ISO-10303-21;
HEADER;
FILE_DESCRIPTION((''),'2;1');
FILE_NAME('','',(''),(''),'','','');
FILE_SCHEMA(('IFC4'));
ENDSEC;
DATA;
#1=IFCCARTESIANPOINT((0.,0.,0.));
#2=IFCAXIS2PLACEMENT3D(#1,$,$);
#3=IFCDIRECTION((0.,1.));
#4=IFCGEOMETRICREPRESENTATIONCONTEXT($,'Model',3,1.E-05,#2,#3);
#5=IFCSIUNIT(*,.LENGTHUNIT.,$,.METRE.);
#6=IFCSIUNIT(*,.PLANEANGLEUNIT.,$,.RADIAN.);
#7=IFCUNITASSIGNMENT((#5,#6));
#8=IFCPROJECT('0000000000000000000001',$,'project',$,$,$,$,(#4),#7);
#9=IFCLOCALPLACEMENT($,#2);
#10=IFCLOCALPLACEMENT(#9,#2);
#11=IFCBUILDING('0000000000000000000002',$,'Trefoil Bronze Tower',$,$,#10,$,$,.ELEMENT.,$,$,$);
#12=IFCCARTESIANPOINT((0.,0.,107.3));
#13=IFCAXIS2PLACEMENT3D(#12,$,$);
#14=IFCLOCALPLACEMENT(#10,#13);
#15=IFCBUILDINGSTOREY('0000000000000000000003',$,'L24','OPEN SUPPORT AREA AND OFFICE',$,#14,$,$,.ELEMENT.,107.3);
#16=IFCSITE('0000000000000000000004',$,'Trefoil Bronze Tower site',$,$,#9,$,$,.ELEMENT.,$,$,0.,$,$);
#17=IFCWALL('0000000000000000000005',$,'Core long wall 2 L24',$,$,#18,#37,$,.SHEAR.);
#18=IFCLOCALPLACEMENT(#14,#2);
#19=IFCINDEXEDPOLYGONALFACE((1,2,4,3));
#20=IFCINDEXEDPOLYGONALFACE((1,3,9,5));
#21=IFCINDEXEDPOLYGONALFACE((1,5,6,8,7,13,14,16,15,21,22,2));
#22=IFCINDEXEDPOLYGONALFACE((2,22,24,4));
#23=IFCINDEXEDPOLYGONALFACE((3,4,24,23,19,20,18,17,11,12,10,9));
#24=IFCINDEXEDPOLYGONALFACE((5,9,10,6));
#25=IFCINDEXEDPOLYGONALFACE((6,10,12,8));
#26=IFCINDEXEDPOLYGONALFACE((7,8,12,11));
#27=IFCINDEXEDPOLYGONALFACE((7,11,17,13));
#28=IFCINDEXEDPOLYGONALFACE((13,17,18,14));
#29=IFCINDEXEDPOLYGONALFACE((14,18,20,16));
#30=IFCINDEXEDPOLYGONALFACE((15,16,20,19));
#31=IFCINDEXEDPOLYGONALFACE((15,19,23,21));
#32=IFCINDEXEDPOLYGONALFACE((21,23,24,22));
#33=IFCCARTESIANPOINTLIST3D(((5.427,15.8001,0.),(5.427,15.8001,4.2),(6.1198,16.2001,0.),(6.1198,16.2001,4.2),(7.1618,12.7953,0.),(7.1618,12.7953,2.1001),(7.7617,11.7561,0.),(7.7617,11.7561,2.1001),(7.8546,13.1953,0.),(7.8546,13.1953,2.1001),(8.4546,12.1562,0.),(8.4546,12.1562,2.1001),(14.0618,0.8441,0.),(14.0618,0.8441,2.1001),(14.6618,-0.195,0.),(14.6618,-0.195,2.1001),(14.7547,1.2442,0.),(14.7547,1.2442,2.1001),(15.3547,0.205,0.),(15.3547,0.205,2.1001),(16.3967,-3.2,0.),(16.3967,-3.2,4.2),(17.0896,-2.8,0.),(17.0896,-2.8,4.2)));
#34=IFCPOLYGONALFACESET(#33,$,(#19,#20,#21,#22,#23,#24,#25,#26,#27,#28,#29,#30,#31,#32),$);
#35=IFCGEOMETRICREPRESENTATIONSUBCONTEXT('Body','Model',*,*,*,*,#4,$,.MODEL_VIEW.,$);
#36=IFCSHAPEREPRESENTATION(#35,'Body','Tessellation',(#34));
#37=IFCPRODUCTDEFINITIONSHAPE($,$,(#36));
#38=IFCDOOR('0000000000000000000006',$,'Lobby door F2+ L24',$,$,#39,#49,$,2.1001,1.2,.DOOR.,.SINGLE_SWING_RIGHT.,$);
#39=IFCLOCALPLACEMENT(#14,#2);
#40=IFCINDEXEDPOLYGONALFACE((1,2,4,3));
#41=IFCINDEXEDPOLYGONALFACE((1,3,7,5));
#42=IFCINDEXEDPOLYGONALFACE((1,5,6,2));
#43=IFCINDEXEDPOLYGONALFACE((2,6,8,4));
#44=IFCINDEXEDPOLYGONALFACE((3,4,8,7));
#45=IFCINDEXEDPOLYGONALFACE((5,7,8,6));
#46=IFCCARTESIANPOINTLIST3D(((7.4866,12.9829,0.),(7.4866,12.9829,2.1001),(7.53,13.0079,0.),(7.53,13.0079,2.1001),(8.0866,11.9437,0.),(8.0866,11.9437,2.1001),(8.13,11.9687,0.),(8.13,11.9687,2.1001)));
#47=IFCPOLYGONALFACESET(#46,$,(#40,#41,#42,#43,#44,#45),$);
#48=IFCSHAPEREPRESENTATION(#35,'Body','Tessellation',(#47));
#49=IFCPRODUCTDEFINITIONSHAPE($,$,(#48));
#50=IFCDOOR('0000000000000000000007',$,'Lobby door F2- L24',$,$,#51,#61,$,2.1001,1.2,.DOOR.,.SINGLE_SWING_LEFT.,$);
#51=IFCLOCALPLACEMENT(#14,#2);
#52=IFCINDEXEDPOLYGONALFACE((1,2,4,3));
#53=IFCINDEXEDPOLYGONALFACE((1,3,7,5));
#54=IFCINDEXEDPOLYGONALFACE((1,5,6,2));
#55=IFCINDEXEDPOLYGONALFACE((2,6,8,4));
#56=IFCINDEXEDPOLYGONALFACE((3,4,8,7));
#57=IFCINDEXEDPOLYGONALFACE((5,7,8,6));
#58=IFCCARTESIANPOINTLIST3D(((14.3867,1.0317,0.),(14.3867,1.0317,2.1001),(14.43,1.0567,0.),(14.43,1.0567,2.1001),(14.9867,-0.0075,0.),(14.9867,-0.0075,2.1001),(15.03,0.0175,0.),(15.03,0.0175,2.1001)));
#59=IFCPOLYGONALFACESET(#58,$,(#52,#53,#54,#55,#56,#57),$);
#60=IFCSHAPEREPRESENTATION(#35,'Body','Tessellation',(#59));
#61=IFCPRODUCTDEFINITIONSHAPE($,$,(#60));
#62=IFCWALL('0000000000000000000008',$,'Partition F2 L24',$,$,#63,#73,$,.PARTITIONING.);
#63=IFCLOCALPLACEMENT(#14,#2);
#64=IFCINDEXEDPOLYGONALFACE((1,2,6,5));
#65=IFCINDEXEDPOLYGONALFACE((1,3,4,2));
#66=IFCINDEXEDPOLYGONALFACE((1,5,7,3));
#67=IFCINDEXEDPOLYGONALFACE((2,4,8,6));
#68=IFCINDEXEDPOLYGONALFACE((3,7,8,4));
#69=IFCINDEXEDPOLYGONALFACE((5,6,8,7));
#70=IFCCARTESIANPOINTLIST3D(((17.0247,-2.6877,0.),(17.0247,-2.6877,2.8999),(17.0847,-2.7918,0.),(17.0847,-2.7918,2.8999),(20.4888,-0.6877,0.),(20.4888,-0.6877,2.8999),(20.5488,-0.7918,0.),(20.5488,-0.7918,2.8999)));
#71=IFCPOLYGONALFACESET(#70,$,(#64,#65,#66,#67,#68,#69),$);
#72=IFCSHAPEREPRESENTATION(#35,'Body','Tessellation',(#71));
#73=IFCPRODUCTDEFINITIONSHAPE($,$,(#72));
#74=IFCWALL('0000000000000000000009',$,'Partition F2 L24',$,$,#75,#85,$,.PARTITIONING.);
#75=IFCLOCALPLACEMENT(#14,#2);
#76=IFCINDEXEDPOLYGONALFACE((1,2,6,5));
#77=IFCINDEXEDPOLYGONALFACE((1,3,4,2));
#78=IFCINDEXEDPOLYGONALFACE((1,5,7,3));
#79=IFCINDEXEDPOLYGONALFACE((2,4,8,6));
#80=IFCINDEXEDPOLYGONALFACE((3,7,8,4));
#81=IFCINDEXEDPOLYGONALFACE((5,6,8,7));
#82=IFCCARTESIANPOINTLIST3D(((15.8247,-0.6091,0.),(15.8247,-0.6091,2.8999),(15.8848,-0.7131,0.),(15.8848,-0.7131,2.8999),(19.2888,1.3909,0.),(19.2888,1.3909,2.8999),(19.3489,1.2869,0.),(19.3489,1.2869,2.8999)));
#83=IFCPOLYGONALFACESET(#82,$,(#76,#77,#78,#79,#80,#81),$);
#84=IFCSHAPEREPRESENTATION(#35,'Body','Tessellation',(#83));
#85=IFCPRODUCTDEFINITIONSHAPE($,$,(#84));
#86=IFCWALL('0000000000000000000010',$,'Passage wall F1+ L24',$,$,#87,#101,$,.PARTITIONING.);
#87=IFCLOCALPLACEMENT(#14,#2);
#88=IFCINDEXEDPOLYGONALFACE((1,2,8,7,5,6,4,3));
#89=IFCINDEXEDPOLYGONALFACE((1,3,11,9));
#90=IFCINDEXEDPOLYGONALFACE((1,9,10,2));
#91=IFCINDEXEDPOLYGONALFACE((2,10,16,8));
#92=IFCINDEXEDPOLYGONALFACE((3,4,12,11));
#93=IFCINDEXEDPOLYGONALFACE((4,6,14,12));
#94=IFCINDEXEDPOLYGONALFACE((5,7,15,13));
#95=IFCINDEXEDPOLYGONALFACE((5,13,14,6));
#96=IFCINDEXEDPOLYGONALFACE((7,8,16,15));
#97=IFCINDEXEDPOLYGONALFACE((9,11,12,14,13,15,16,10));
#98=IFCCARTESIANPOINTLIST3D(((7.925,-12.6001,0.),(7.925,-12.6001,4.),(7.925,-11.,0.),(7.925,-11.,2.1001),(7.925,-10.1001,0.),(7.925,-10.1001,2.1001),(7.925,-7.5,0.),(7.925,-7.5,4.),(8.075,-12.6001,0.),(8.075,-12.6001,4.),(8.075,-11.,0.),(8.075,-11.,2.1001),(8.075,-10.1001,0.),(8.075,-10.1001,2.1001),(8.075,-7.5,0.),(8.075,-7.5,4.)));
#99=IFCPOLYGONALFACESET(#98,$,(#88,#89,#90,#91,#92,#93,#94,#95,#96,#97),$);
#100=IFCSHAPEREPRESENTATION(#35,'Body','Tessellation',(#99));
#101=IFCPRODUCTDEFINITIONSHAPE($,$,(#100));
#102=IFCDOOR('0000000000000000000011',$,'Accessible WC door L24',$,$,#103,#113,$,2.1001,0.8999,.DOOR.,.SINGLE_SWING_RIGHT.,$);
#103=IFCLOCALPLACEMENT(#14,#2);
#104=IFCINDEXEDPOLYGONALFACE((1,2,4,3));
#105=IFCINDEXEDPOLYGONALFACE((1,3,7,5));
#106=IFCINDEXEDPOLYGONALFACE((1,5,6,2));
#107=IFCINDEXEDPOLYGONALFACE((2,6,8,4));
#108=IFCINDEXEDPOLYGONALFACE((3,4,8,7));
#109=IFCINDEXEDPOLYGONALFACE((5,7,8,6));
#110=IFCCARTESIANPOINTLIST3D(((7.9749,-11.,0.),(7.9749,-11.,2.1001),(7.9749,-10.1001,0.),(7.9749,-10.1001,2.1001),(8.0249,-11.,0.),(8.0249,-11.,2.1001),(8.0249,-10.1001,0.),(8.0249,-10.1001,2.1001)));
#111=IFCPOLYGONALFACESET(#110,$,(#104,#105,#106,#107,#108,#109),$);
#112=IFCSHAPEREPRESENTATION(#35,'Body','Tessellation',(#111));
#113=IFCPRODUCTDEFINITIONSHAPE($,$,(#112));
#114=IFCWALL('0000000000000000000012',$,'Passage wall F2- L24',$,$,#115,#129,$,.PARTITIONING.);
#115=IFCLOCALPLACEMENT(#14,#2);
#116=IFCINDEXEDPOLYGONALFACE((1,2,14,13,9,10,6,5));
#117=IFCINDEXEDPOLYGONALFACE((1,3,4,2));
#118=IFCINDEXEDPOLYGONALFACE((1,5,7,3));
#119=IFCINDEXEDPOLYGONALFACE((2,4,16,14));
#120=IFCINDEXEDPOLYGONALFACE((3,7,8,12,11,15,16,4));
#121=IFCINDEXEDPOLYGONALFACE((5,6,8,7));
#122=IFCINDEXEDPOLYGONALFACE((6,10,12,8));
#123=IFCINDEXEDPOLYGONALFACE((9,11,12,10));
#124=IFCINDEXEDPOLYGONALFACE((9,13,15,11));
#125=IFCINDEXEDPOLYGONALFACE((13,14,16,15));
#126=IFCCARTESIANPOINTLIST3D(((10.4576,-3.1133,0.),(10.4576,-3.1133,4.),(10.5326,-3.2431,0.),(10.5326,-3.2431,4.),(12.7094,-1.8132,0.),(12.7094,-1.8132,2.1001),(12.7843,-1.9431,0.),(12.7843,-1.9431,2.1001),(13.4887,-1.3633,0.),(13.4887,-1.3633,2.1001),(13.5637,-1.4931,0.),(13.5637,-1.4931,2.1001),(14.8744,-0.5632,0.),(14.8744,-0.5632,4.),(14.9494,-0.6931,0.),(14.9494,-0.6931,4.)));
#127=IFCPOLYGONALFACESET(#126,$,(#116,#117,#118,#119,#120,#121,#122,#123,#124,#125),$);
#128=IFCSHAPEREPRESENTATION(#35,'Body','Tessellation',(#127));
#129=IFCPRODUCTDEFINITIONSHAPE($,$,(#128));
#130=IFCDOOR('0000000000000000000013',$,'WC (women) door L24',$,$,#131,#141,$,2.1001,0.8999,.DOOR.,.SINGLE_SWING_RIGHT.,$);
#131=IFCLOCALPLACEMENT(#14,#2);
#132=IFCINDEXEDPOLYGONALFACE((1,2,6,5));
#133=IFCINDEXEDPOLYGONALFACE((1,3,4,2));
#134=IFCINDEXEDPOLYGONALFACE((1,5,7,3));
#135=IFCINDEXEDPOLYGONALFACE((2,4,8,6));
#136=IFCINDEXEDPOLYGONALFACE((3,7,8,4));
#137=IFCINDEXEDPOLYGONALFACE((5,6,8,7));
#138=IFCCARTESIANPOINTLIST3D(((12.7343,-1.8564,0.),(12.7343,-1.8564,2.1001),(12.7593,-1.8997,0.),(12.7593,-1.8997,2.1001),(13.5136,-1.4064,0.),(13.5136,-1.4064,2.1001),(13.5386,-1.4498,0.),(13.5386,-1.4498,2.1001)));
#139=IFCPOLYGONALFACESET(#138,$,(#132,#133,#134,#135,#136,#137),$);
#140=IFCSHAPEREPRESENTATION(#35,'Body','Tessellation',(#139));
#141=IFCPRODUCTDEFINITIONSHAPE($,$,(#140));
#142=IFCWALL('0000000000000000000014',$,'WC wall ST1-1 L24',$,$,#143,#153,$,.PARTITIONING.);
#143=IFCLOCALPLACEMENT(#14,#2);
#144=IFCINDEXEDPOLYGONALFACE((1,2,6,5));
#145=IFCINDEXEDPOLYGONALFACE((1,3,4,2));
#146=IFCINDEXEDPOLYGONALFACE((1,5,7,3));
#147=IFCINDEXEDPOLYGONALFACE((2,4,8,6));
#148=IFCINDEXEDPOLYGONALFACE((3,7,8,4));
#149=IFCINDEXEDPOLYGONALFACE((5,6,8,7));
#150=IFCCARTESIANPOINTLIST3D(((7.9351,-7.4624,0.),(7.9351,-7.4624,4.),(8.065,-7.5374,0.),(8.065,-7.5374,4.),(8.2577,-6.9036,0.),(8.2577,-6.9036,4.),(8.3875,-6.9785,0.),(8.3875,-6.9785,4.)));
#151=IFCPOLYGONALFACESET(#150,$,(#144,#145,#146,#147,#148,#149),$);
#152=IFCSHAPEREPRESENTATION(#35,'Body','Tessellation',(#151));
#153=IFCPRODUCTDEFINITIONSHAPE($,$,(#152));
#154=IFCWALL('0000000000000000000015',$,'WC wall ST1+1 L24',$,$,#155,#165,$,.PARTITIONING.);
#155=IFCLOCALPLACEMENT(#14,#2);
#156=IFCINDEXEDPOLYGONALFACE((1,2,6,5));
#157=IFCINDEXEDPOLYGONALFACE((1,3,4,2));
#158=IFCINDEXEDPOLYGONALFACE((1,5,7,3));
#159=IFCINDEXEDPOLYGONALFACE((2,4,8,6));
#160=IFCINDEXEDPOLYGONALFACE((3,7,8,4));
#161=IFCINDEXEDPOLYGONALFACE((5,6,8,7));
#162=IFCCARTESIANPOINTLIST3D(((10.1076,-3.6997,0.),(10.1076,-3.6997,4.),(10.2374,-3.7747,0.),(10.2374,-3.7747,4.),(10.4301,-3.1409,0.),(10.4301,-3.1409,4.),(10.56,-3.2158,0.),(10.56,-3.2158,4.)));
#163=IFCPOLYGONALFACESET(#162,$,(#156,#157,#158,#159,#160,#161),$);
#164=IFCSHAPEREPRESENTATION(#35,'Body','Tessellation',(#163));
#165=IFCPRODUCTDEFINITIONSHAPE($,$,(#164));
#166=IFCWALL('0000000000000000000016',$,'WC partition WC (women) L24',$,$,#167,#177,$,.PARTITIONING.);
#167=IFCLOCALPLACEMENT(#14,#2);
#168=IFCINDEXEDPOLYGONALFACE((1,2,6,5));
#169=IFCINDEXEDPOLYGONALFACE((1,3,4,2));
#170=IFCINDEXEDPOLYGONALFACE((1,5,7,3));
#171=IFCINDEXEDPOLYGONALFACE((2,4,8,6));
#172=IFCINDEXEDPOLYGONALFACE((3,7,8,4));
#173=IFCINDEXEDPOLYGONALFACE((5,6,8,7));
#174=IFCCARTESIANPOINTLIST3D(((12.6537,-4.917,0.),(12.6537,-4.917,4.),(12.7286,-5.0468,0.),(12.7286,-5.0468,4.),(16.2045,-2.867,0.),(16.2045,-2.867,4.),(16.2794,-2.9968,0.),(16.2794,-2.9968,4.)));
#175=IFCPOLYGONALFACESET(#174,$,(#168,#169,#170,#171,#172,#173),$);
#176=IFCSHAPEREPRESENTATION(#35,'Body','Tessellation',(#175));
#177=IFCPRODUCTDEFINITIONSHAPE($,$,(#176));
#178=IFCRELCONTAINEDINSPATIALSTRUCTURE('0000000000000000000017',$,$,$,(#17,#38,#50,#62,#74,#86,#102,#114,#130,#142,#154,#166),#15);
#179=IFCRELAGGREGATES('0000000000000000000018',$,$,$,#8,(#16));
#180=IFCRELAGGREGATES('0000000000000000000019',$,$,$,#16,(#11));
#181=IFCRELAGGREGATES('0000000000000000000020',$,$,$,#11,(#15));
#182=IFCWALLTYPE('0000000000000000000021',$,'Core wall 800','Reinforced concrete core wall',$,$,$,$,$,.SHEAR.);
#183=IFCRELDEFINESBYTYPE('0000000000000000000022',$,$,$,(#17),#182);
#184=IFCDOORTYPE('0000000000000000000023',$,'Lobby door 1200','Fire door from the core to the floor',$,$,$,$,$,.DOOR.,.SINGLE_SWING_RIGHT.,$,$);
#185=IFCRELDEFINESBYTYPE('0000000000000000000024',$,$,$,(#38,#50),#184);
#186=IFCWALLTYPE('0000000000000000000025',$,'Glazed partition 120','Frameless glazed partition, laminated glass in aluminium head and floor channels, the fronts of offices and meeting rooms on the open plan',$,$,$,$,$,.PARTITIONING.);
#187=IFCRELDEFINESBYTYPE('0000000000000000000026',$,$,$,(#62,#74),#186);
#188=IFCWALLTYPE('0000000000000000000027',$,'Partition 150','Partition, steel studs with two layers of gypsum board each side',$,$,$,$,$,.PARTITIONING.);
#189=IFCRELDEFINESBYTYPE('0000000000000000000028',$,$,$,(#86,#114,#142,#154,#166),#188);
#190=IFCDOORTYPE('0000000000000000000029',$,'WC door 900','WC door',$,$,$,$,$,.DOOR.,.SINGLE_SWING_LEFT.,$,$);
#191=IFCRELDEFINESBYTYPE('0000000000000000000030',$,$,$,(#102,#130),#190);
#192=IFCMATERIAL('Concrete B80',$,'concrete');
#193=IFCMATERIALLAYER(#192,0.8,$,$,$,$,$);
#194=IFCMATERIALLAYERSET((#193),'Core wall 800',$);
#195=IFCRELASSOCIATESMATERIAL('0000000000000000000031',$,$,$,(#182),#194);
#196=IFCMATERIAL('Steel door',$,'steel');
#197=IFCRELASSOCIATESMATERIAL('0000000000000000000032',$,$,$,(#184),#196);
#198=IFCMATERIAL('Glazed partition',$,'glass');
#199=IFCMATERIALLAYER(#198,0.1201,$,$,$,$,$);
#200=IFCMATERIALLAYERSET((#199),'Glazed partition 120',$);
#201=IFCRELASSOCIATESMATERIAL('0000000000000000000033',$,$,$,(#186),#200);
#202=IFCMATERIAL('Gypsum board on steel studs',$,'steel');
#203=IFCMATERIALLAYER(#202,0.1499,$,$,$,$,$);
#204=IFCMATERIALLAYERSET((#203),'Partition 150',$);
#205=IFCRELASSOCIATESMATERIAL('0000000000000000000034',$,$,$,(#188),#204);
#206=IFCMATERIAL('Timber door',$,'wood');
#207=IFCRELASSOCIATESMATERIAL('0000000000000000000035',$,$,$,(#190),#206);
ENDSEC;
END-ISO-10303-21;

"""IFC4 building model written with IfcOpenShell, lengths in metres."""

from ifc_helpers import new_model, si_unit, direction, frame, frame_2d, origin, place, context, subcontext, project, spatial, rectangle, extrude, material, layer, layer_set, type_object, element, fill, save


model = new_model("IFC4")

# Units and contexts
model_context = context("Model", 3, precision=1e-05, world=origin(), true_north=direction((0.0, 1.0)))
body_context = subcontext(model_context, "Body", "Model", "MODEL_VIEW")
ifc_project = project(units=[si_unit("LENGTHUNIT", "METRE"), si_unit("PLANEANGLEUNIT", "RADIAN")], contexts=[model_context])

# Site, building, storey
site_placement = place(None, origin())
site = spatial("IfcSite", under=ifc_project, at=site_placement, Name="Trefoil Bronze Tower site", CompositionType="ELEMENT", RefElevation=0.0)
building_placement = place(site_placement, origin())
building = spatial("IfcBuilding", under=site, at=building_placement, Name="Trefoil Bronze Tower", CompositionType="ELEMENT")
storey_placement = place(building_placement, frame((0.0, 0.0, 107.3)))
storey = spatial("IfcBuildingStorey", under=building, at=storey_placement, Name="L24", Description="OPEN SUPPORT AREA AND OFFICE", CompositionType="ELEMENT", Elevation=107.3)

# Shared definitions
ifc_material_1 = material(Name="Concrete B80", Category="concrete")
ifc_layer_1 = layer(ifc_material_1, 0.8)
ifc_layer_set_1 = layer_set([ifc_layer_1], Name="Core wall 800")
wall_type_1 = type_object("IfcWallType", Name="Core wall 800", Description="Reinforced concrete core wall", PredefinedType="SHEAR", material=ifc_layer_set_1)

# Wall, openings, doors
wall_1_placement = place(storey_placement, frame((16.7432, -3.0, 0.0), z_axis=(0.0, 0.0, 1.0), x_axis=(-0.500002, 0.866024, 0.0)))
wall_1 = element("IfcWall", 1, at=wall_1_placement, inside=storey, type_object=wall_type_1, Name="Core long wall 2 L24", PredefinedType="SHEAR", context=body_context, shape_type="SweptSolid", body=[
    extrude(rectangle(XDim=21.9395, YDim=0.8, at=frame_2d((10.9697, 0.0))), origin(), (0.0, 0.0, 1.0), 4.2),
])
opening_1_placement = place(wall_1_placement, frame((17.2698, 0.0, 0.0)))
opening_1 = element("IfcOpeningElement", 2, at=opening_1_placement, cuts=wall_1, PredefinedType="OPENING", context=body_context, shape_type="SweptSolid", body=[
    extrude(rectangle(XDim=1.2, YDim=2.1001, at=frame_2d((0.6001, 1.05))), frame((0.0, 0.4099, 0.0), z_axis=(0.0, -1.0, 0.0), x_axis=(1.0, 0.0, 0.0)), (0.0, 0.0, 1.0), 0.8201),
])
opening_2_placement = place(wall_1_placement, frame((3.4697, 0.0, 0.0)))
opening_2 = element("IfcOpeningElement", 3, at=opening_2_placement, cuts=wall_1, PredefinedType="OPENING", context=body_context, shape_type="SweptSolid", body=[
    extrude(rectangle(XDim=1.2, YDim=2.1001, at=frame_2d((0.6001, 1.05))), frame((0.0, 0.4099, 0.0), z_axis=(0.0, -1.0, 0.0), x_axis=(1.0, 0.0, 0.0)), (0.0, 0.0, 1.0), 0.8201),
])
ifc_material_2 = material(Name="Steel door", Category="steel")
door_type_1 = type_object("IfcDoorType", Name="Lobby door 1200", Description="Fire door from the core to the floor", OperationType="SINGLE_SWING_RIGHT", PredefinedType="DOOR", material=ifc_material_2)
door_1_placement = place(opening_1_placement, origin())
door_1 = element("IfcDoor", 4, at=door_1_placement, inside=storey, type_object=door_type_1, Name="Lobby door F2+ L24", OperationType="SINGLE_SWING_RIGHT", OverallHeight=2.1001, OverallWidth=1.2, PredefinedType="DOOR", context=body_context, shape_type="SweptSolid", body=[
    extrude(rectangle(XDim=1.2, YDim=2.1001, at=frame_2d((0.6001, 1.05))), frame((0.0, 0.0249, 0.0), z_axis=(0.0, -1.0, 0.0), x_axis=(1.0, 0.0, 0.0)), (0.0, 0.0, 1.0), 0.05),
])
fill(opening_1, door_1)
door_2_placement = place(opening_2_placement, origin())
door_2 = element("IfcDoor", 5, at=door_2_placement, inside=storey, type_object=door_type_1, Name="Lobby door F2- L24", OperationType="SINGLE_SWING_LEFT", OverallHeight=2.1001, OverallWidth=1.2, PredefinedType="DOOR", context=body_context, shape_type="SweptSolid", body=[
    extrude(rectangle(XDim=1.2, YDim=2.1001, at=frame_2d((0.6001, 1.05))), frame((0.0, 0.0249, 0.0), z_axis=(0.0, -1.0, 0.0), x_axis=(1.0, 0.0, 0.0)), (0.0, 0.0, 1.0), 0.05),
])
fill(opening_2, door_2)

# Walls
ifc_material_3 = material(Name="Glazed partition", Category="glass")
ifc_layer_2 = layer(ifc_material_3, 0.1201)
ifc_layer_set_2 = layer_set([ifc_layer_2], Name="Glazed partition 120")
wall_type_2 = type_object("IfcWallType", Name="Glazed partition 120", Description="Frameless glazed partition, laminated glass in aluminium head and floor channels, the fronts of offices and meeting rooms on the open plan", PredefinedType="PARTITIONING", material=ifc_layer_set_2)
for number, where, z_axis, x_axis, name in (
    (6, (17.0547, -2.7397, 0.0), (0.0, 0.0, 1.0), (0.866026, 0.499999, 0.0), "Partition F2 L24"),
    (7, (15.8547, -0.6611, 0.0), (0.0, 0.0, 1.0), (0.866026, 0.499999, 0.0), "Partition F2 L24"),
):
    element("IfcWall", number, at=place(storey_placement, frame(where, z_axis=z_axis, x_axis=x_axis)), inside=storey, type_object=wall_type_2, Name=name, PredefinedType="PARTITIONING", context=body_context, shape_type="SweptSolid", body=[
        extrude(rectangle(XDim=4.0, YDim=0.1201, at=frame_2d((2.0, 0.0))), origin(), (0.0, 0.0, 1.0), 2.8999),
    ])

# Walls, openings, doors
ifc_material_4 = material(Name="Gypsum board on steel studs", Category="steel")
ifc_layer_3 = layer(ifc_material_4, 0.1499)
ifc_layer_set_3 = layer_set([ifc_layer_3], Name="Partition 150")
wall_type_3 = type_object("IfcWallType", Name="Partition 150", Description="Partition, steel studs with two layers of gypsum board each side", PredefinedType="PARTITIONING", material=ifc_layer_set_3)
wall_2_placement = place(storey_placement, frame((8.0, -7.5, 0.0), z_axis=(0.0, 0.0, 1.0), x_axis=(0.0, -1.0, 0.0)))
wall_2 = element("IfcWall", 8, at=wall_2_placement, inside=storey, type_object=wall_type_3, Name="Passage wall F1+ L24", PredefinedType="PARTITIONING", context=body_context, shape_type="SweptSolid", body=[
    extrude(rectangle(XDim=5.1001, YDim=0.1499, at=frame_2d((2.55, 0.0))), origin(), (0.0, 0.0, 1.0), 4.0),
])
opening_3_placement = place(wall_2_placement, frame((2.6001, 0.0, 0.0)))
opening_3 = element("IfcOpeningElement", 9, at=opening_3_placement, cuts=wall_2, PredefinedType="OPENING", context=body_context, shape_type="SweptSolid", body=[
    extrude(rectangle(XDim=0.8999, YDim=2.1001, at=frame_2d((0.45, 1.05))), frame((0.0, 0.085, 0.0), z_axis=(0.0, -1.0, 0.0), x_axis=(1.0, 0.0, 0.0)), (0.0, 0.0, 1.0), 0.1699),
])
ifc_material_5 = material(Name="Timber door", Category="wood")
door_type_2 = type_object("IfcDoorType", Name="WC door 900", Description="WC door", OperationType="SINGLE_SWING_LEFT", PredefinedType="DOOR", material=ifc_material_5)
door_3_placement = place(opening_3_placement, origin())
door_3 = element("IfcDoor", 10, at=door_3_placement, inside=storey, type_object=door_type_2, Name="Accessible WC door L24", OperationType="SINGLE_SWING_RIGHT", OverallHeight=2.1001, OverallWidth=0.8999, PredefinedType="DOOR", context=body_context, shape_type="SweptSolid", body=[
    extrude(rectangle(XDim=0.8999, YDim=2.1001, at=frame_2d((0.45, 1.05))), frame((0.0, 0.0249, 0.0), z_axis=(0.0, -1.0, 0.0), x_axis=(1.0, 0.0, 0.0)), (0.0, 0.0, 1.0), 0.05),
])
fill(opening_3, door_3)
wall_3_placement = place(storey_placement, frame((10.4951, -3.1782, 0.0), z_axis=(0.0, 0.0, 1.0), x_axis=(0.866022, 0.500006, 0.0)))
wall_3 = element("IfcWall", 11, at=wall_3_placement, inside=storey, type_object=wall_type_3, Name="Passage wall F2- L24", PredefinedType="PARTITIONING", context=body_context, shape_type="SweptSolid", body=[
    extrude(rectangle(XDim=5.1001, YDim=0.1499, at=frame_2d((2.55, 0.0))), origin(), (0.0, 0.0, 1.0), 4.0),
])
opening_4_placement = place(wall_3_placement, frame((2.6001, 0.0, 0.0)))
opening_4 = element("IfcOpeningElement", 12, at=opening_4_placement, cuts=wall_3, PredefinedType="OPENING", context=body_context, shape_type="SweptSolid", body=[
    extrude(rectangle(XDim=0.8999, YDim=2.1001, at=frame_2d((0.45, 1.05))), frame((0.0, 0.085, 0.0), z_axis=(0.0, -1.0, 0.0), x_axis=(1.0, 0.0, 0.0)), (0.0, 0.0, 1.0), 0.1699),
])
door_4_placement = place(opening_4_placement, frame((0.8999, 0.0, 0.0), z_axis=(0.0, 0.0, 1.0), x_axis=(-1.0, 0.0, 0.0)))
door_4 = element("IfcDoor", 13, at=door_4_placement, inside=storey, type_object=door_type_2, Name="WC (women) door L24", OperationType="SINGLE_SWING_RIGHT", OverallHeight=2.1001, OverallWidth=0.8999, PredefinedType="DOOR", context=body_context, shape_type="SweptSolid", body=[
    extrude(rectangle(XDim=0.8999, YDim=2.1001, at=frame_2d((0.45, 1.05))), frame((0.0, 0.0249, 0.0), z_axis=(0.0, -1.0, 0.0), x_axis=(1.0, 0.0, 0.0)), (0.0, 0.0, 1.0), 0.05),
])
fill(opening_4, door_4)

# Walls
for number, where, z_axis, x_axis, name in (
    (14, (8.0, -7.5, 0.0), (0.0, 0.0, 1.0), (0.499843, 0.866116, 0.0), "WC wall ST1-1 L24"),
    (15, (10.4951, -3.1782, 0.0), (0.0, 0.0, 1.0), (-0.499843, -0.866116, 0.0), "WC wall ST1+1 L24"),
):
    element("IfcWall", number, at=place(storey_placement, frame(where, z_axis=z_axis, x_axis=x_axis)), inside=storey, type_object=wall_type_3, Name=name, PredefinedType="PARTITIONING", context=body_context, shape_type="SweptSolid", body=[
        extrude(rectangle(XDim=0.6453, YDim=0.1499, at=frame_2d((0.3228, 0.0))), origin(), (0.0, 0.0, 1.0), 4.0),
    ])
wall_4_placement = place(storey_placement, frame((12.6912, -4.9819, 0.0), z_axis=(0.0, 0.0, 1.0), x_axis=(0.866025, 0.500001, 0.0)))
element("IfcWall", 16, at=wall_4_placement, inside=storey, type_object=wall_type_3, Name="WC partition WC (women) L24", PredefinedType="PARTITIONING", context=body_context, shape_type="SweptSolid", body=[
    extrude(rectangle(XDim=4.1001, YDim=0.1499, at=frame_2d((2.05, 0.0))), origin(), (0.0, 0.0, 1.0), 4.0),
])

save(model, "model.ifc")
